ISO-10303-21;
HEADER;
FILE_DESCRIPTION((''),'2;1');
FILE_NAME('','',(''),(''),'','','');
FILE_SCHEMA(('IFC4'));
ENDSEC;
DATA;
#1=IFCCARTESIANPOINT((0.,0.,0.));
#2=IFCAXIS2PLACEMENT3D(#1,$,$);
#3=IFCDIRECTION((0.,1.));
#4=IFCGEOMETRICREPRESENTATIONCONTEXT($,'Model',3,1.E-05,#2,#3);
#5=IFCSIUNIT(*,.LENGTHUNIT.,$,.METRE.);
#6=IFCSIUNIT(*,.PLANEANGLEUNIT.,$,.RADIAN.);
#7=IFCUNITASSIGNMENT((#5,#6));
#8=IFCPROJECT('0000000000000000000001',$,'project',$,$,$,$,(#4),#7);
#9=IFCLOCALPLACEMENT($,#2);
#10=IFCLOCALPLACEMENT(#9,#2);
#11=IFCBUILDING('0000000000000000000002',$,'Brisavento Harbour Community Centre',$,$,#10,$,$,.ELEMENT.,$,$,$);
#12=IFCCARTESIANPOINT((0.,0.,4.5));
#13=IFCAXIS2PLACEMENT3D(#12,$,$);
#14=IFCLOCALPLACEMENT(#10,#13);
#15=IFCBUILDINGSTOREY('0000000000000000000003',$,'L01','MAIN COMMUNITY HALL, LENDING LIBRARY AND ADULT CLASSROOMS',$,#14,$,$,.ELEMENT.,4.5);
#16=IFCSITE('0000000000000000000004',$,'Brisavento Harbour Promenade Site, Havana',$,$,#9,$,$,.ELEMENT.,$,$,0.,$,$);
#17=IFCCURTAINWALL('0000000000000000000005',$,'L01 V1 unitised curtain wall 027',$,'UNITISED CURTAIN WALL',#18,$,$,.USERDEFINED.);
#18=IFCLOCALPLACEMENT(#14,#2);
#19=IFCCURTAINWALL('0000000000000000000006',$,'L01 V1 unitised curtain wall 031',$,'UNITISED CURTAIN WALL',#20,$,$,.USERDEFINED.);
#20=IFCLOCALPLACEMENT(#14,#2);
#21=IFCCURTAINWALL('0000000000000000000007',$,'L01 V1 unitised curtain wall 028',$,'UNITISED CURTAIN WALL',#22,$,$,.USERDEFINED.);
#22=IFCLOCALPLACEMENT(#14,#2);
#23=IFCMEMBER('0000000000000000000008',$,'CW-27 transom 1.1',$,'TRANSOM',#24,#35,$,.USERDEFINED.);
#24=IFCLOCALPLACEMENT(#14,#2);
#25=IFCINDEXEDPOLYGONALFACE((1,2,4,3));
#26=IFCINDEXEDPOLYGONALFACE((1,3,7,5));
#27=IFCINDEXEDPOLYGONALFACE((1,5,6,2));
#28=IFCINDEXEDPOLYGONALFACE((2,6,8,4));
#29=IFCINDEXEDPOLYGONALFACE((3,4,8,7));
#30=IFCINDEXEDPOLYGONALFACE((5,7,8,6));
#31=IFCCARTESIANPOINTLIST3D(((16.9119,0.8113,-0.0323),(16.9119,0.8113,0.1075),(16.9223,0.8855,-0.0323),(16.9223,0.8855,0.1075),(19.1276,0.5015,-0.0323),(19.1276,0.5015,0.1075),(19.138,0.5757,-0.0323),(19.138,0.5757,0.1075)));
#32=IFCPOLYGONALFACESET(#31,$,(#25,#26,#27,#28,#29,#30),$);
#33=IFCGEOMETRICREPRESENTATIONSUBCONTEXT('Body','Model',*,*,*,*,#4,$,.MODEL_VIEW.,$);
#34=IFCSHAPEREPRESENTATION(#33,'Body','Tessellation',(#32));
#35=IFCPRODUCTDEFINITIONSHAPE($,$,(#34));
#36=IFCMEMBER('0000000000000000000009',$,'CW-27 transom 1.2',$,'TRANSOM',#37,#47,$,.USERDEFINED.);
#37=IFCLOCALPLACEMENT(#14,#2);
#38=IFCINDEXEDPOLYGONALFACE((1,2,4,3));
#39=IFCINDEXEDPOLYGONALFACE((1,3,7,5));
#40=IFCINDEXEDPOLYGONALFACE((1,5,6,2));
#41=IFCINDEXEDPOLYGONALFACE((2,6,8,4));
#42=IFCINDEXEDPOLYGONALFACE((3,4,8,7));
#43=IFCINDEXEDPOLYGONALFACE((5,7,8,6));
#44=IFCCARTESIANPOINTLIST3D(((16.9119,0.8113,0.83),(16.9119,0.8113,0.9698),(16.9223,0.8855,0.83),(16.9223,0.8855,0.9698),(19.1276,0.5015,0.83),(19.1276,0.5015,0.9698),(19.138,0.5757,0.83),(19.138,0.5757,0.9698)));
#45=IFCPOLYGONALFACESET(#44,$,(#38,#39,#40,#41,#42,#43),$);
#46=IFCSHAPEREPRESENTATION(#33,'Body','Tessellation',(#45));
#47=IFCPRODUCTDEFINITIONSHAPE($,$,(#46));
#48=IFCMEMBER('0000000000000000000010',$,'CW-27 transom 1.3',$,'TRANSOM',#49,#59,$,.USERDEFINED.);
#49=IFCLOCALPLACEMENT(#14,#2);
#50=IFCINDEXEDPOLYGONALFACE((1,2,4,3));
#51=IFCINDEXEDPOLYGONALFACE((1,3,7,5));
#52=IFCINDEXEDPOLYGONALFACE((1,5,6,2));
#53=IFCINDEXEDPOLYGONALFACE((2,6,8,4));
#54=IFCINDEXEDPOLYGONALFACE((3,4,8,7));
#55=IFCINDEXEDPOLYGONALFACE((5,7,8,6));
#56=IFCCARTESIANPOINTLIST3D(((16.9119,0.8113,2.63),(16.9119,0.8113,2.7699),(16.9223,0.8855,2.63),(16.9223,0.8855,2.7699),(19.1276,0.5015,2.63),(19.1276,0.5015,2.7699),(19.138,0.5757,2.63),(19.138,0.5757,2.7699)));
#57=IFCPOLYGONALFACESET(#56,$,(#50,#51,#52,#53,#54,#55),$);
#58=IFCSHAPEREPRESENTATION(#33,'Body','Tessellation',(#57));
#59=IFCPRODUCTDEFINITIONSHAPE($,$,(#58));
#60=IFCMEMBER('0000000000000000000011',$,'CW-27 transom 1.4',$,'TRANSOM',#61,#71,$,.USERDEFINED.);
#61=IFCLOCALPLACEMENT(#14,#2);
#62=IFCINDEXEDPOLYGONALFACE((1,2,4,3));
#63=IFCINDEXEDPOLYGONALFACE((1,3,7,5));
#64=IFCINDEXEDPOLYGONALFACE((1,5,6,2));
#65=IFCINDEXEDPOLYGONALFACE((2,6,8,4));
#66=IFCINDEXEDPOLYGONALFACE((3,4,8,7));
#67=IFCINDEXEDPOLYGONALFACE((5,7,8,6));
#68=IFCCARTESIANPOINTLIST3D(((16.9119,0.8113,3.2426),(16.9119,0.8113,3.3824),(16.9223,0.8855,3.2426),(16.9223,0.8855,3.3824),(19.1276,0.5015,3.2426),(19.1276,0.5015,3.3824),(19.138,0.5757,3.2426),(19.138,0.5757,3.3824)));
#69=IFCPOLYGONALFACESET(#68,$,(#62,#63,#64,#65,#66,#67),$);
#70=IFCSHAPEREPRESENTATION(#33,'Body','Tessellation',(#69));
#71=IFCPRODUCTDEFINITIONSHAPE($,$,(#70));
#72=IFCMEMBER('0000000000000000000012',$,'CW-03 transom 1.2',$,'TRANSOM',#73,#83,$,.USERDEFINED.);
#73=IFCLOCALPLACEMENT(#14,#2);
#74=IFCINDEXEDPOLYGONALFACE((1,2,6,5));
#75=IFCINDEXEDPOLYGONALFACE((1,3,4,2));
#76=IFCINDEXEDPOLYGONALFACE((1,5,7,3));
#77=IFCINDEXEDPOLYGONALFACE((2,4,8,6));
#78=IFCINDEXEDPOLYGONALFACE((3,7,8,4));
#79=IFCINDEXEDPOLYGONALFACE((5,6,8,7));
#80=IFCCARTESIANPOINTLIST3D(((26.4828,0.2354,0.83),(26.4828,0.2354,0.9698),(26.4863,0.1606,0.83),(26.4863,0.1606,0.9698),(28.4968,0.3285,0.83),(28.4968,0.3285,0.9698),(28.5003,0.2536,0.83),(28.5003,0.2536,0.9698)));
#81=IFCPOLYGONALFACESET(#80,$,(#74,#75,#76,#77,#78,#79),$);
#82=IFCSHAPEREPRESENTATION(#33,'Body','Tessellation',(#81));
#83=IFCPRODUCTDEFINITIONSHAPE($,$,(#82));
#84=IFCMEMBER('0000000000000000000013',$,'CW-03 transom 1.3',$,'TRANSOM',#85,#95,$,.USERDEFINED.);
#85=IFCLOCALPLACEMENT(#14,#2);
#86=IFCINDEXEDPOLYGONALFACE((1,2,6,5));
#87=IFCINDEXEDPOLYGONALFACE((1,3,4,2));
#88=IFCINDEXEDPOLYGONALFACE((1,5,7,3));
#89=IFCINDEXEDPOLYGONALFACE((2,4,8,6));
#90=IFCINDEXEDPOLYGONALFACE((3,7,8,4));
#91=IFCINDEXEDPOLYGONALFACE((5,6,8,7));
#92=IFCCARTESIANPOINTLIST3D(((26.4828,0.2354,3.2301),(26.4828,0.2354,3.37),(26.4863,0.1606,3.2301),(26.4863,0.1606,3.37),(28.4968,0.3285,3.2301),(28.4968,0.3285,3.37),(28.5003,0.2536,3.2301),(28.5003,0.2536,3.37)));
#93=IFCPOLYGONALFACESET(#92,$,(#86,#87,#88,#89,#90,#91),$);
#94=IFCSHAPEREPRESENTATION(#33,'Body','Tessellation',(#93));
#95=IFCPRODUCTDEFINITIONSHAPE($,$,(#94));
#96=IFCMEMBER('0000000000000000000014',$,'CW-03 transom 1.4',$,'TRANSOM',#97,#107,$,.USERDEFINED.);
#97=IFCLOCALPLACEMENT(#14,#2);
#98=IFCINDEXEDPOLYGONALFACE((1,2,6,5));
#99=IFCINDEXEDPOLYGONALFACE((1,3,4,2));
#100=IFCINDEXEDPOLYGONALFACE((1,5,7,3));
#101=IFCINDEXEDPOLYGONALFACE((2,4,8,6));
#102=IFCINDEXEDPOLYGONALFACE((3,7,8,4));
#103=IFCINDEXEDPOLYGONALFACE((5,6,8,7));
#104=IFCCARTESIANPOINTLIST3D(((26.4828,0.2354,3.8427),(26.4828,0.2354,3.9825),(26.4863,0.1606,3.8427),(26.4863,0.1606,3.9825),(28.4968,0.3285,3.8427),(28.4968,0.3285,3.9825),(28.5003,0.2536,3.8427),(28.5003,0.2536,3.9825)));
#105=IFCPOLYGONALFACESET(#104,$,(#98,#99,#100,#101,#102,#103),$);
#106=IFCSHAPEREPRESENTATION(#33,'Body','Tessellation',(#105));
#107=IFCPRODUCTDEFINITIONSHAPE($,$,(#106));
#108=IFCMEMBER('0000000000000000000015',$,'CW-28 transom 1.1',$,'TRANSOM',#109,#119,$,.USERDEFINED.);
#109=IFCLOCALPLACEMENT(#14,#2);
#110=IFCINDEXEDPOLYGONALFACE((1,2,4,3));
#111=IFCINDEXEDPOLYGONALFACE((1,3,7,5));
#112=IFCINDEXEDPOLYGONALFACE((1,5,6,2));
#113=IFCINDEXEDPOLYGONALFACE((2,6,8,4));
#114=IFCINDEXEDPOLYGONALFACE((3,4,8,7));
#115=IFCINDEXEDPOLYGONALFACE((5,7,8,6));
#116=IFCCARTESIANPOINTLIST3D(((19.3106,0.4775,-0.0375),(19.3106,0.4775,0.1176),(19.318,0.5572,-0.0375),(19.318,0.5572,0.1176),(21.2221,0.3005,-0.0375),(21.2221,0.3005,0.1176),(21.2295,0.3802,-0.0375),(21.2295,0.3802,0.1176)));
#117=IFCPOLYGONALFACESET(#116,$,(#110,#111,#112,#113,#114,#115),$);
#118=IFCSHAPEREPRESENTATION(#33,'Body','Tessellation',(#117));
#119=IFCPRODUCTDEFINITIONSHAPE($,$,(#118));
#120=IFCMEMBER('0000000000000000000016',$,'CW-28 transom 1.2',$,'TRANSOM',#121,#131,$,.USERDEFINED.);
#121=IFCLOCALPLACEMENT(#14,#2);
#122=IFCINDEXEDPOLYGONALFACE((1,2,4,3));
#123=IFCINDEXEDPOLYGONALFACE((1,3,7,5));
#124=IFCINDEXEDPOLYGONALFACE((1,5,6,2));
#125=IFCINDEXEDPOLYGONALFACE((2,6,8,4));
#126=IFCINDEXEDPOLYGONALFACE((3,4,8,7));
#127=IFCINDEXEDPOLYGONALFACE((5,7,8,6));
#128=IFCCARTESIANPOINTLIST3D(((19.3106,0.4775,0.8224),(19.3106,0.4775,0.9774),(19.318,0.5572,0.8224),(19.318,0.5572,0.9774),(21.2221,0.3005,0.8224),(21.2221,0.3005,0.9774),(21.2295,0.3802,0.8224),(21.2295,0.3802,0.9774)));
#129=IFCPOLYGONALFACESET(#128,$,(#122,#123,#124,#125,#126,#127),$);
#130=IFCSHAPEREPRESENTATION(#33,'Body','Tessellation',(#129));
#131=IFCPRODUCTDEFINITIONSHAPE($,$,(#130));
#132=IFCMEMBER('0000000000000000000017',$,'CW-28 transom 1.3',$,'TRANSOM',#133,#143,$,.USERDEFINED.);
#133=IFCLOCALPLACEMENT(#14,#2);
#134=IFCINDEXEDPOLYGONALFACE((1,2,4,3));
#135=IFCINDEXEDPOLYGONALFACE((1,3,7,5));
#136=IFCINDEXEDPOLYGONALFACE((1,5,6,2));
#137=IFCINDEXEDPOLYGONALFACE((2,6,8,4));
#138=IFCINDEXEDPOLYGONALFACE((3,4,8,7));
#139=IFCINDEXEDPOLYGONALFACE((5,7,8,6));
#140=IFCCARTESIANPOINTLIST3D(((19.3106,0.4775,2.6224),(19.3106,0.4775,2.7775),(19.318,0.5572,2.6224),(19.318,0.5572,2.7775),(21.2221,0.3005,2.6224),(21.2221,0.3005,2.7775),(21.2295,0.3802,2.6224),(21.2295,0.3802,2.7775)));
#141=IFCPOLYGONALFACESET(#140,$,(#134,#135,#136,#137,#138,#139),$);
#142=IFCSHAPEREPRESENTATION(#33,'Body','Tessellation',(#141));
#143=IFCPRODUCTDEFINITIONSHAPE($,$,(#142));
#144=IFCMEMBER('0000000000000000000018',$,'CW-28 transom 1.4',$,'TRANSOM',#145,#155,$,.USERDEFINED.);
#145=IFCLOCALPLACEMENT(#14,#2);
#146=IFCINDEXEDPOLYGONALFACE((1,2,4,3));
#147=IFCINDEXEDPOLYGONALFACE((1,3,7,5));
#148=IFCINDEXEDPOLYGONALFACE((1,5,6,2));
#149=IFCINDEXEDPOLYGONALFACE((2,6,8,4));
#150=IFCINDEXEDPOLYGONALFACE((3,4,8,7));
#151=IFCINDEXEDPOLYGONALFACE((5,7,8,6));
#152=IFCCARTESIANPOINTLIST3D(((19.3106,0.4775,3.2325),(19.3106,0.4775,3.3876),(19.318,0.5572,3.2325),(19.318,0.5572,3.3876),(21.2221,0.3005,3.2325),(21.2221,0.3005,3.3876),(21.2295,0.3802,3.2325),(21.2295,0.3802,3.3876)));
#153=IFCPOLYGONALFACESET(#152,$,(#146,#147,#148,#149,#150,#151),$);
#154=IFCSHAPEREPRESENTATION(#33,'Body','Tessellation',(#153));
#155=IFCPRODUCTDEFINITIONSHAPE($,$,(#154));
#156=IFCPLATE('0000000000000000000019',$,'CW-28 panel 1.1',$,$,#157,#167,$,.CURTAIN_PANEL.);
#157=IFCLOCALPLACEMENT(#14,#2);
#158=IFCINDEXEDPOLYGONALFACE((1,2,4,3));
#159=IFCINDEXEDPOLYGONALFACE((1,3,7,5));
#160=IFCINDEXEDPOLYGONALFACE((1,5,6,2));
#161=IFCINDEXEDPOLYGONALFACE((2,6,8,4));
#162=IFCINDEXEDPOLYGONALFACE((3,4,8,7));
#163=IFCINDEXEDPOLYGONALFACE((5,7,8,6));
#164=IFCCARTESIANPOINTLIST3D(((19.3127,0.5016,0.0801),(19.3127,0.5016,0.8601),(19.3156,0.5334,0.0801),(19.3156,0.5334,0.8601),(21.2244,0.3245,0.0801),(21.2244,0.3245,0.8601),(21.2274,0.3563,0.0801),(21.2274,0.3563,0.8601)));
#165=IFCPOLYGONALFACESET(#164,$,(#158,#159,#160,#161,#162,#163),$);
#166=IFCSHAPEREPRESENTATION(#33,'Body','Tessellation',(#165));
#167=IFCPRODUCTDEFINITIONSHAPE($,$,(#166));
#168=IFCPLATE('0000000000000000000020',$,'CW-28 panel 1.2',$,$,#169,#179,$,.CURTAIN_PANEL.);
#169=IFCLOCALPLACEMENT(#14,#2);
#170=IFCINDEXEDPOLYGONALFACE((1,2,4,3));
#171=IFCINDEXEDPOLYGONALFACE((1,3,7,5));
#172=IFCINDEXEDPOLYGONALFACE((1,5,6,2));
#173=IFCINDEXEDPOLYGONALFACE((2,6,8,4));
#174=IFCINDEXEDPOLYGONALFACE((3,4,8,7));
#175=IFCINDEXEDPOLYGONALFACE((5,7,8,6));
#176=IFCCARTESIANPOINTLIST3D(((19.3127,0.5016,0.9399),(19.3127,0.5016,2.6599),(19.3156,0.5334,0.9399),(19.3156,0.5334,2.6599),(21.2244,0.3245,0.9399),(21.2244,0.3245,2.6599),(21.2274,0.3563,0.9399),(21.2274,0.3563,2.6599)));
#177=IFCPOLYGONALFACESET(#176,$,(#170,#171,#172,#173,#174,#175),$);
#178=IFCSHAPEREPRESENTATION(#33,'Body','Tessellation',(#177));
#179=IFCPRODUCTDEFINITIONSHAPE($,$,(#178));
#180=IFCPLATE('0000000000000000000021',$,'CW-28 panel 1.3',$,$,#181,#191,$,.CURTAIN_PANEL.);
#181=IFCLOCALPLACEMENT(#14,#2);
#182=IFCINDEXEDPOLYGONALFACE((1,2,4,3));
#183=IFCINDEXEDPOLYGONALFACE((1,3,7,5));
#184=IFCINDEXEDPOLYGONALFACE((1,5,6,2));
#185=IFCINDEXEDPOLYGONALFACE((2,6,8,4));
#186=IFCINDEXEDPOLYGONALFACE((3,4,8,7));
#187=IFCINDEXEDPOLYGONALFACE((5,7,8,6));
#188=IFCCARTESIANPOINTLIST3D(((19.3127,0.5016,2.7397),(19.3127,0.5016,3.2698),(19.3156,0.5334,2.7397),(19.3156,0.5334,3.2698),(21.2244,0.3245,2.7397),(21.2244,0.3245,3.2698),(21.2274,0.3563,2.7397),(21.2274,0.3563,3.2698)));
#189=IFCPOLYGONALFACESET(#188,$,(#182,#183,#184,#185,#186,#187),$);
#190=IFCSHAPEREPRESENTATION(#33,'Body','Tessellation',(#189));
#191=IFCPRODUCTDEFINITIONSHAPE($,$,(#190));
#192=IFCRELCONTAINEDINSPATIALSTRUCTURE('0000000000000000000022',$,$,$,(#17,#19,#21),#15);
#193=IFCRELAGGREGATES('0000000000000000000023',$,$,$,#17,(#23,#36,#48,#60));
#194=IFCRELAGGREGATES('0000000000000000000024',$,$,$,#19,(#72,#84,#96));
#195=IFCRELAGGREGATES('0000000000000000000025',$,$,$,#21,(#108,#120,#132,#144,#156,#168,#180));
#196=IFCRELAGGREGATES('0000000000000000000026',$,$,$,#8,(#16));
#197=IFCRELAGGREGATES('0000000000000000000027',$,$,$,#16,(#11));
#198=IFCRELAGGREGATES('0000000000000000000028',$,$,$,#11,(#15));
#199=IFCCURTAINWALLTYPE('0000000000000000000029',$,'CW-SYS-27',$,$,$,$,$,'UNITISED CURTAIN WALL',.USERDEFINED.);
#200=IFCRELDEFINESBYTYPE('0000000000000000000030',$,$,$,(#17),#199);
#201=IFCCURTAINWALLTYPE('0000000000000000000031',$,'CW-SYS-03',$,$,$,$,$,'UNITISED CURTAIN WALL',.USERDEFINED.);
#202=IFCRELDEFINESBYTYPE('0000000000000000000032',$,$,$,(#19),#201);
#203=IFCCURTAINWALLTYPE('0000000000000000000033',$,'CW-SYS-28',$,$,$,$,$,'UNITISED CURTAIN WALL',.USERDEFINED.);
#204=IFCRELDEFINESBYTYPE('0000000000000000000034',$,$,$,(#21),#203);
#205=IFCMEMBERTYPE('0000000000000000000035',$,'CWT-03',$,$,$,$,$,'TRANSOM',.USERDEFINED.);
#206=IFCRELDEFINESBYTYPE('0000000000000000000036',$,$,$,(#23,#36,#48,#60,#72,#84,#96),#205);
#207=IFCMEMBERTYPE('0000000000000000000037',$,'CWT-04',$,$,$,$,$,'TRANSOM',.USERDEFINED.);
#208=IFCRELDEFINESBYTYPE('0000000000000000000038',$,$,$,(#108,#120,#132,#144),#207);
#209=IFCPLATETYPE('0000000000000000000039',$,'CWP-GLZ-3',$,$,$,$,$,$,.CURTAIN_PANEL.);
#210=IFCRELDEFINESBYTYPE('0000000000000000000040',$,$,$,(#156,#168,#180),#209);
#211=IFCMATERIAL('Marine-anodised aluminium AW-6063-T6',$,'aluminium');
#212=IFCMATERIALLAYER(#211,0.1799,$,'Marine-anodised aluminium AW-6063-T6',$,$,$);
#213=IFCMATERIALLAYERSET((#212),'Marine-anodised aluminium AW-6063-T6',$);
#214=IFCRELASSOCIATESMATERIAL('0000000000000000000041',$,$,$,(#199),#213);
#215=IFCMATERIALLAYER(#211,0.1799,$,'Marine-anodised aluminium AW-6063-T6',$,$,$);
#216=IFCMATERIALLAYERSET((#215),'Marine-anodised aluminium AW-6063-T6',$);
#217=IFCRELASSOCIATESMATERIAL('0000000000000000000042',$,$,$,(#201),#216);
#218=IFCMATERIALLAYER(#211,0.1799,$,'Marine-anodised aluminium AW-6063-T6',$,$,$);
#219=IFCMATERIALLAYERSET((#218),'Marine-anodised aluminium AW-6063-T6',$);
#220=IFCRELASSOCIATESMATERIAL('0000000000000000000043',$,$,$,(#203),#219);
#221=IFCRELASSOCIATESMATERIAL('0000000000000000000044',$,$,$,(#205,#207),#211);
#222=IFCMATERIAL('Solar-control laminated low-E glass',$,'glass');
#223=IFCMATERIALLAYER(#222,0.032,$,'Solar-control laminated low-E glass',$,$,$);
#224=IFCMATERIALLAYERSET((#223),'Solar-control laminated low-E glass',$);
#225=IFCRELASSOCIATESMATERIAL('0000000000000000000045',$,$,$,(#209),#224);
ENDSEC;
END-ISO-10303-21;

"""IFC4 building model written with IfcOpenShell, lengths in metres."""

from ifc_helpers import new_model, si_unit, direction, frame, origin, origin_2d, place, context, subcontext, project, spatial, rectangle, extrude, material, layer, layer_set, material_profile, profile_set, type_object, element, aggregate, save


model = new_model("IFC4")

# Units and contexts
model_context = context("Model", 3, precision=1e-05, world=origin(), true_north=direction((0.0, 1.0)))
body_context = subcontext(model_context, "Body", "Model", "MODEL_VIEW")
ifc_project = project(units=[si_unit("LENGTHUNIT", "METRE"), si_unit("PLANEANGLEUNIT", "RADIAN")], contexts=[model_context])

# Site, building, storey
site_placement = place(None, origin())
site = spatial("IfcSite", under=ifc_project, at=site_placement, Name="Brisavento Harbour Promenade Site, Havana", CompositionType="ELEMENT", RefElevation=0.0)
building_placement = place(site_placement, origin())
building = spatial("IfcBuilding", under=site, at=building_placement, Name="Brisavento Harbour Community Centre", CompositionType="ELEMENT")
storey_placement = place(building_placement, frame((0.0, 0.0, 4.5)))
storey = spatial("IfcBuildingStorey", under=building, at=storey_placement, Name="L01", Description="MAIN COMMUNITY HALL, LENDING LIBRARY AND ADULT CLASSROOMS", CompositionType="ELEMENT", Elevation=4.5)

# Curtain walls
ifc_material_1 = material(Name="Marine-anodised aluminium AW-6063-T6", Category="aluminium")
ifc_layer_1 = layer(ifc_material_1, 0.1799, Name="Marine-anodised aluminium AW-6063-T6")
ifc_layer_set_1 = layer_set([ifc_layer_1], Name="Marine-anodised aluminium AW-6063-T6")
curtain_wall_type_1 = type_object("IfcCurtainWallType", Name="CW-SYS-27", ElementType="UNITISED CURTAIN WALL", PredefinedType="USERDEFINED", material=ifc_layer_set_1)
curtain_wall_1_placement = place(storey_placement, origin())
curtain_wall_1 = element("IfcCurtainWall", 1, at=curtain_wall_1_placement, inside=storey, type_object=curtain_wall_type_1, Name="L01 V1 unitised curtain wall 027", ObjectType="UNITISED CURTAIN WALL", PredefinedType="USERDEFINED")
ifc_layer_2 = layer(ifc_material_1, 0.1799, Name="Marine-anodised aluminium AW-6063-T6")
ifc_layer_set_2 = layer_set([ifc_layer_2], Name="Marine-anodised aluminium AW-6063-T6")
curtain_wall_type_2 = type_object("IfcCurtainWallType", Name="CW-SYS-03", ElementType="UNITISED CURTAIN WALL", PredefinedType="USERDEFINED", material=ifc_layer_set_2)
curtain_wall_2_placement = place(storey_placement, origin())
curtain_wall_2 = element("IfcCurtainWall", 2, at=curtain_wall_2_placement, inside=storey, type_object=curtain_wall_type_2, Name="L01 V1 unitised curtain wall 031", ObjectType="UNITISED CURTAIN WALL", PredefinedType="USERDEFINED")

# Curtain wall
ifc_layer_3 = layer(ifc_material_1, 0.1799, Name="Marine-anodised aluminium AW-6063-T6")
ifc_layer_set_3 = layer_set([ifc_layer_3], Name="Marine-anodised aluminium AW-6063-T6")
curtain_wall_type_3 = type_object("IfcCurtainWallType", Name="CW-SYS-28", ElementType="UNITISED CURTAIN WALL", PredefinedType="USERDEFINED", material=ifc_layer_set_3)
curtain_wall_3_placement = place(storey_placement, origin())
curtain_wall_3 = element("IfcCurtainWall", 3, at=curtain_wall_3_placement, inside=storey, type_object=curtain_wall_type_3, Name="L01 V1 unitised curtain wall 028", ObjectType="UNITISED CURTAIN WALL", PredefinedType="USERDEFINED")

# Members
ifc_material_profile_1 = material_profile(ifc_material_1, rectangle(XDim=0.075, YDim=0.1399, at=origin_2d()), Name="Marine-anodised aluminium AW-6063-T6")
ifc_profile_set_1 = profile_set([ifc_material_profile_1], Name="Marine-anodised aluminium AW-6063-T6")
member_type_1 = type_object("IfcMemberType", Name="CWT-03", ElementType="TRANSOM", PredefinedType="USERDEFINED", material=ifc_profile_set_1)
member_1_placement = place(storey_placement, frame((19.1328, 0.5386, 0.0376), z_axis=(-0.990366, 0.138472, 0.0), x_axis=(-0.138472, -0.990366, 0.0)))
member_1 = element("IfcMember", 4, at=member_1_placement, type_object=member_type_1, Name="CW-27 transom 1.1", ObjectType="TRANSOM", PredefinedType="USERDEFINED", context=body_context, shape_type="SweptSolid", body=[
    extrude(rectangle(XDim=0.075, YDim=0.1399, at=origin_2d()), origin(), (0.0, 0.0, 1.0), 2.2373),
])
member_2_placement = place(storey_placement, frame((19.1328, 0.5386, 0.8999), z_axis=(-0.990366, 0.138472, 0.0), x_axis=(-0.138472, -0.990366, 0.0)))
member_2 = element("IfcMember", 5, at=member_2_placement, type_object=member_type_1, Name="CW-27 transom 1.2", ObjectType="TRANSOM", PredefinedType="USERDEFINED", context=body_context, shape_type="SweptSolid", body=[
    extrude(rectangle(XDim=0.075, YDim=0.1399, at=origin_2d()), origin(), (0.0, 0.0, 1.0), 2.2373),
])
member_3_placement = place(storey_placement, frame((19.1328, 0.5386, 2.7), z_axis=(-0.990366, 0.138472, 0.0), x_axis=(-0.138472, -0.990366, 0.0)))
member_3 = element("IfcMember", 6, at=member_3_placement, type_object=member_type_1, Name="CW-27 transom 1.3", ObjectType="TRANSOM", PredefinedType="USERDEFINED", context=body_context, shape_type="SweptSolid", body=[
    extrude(rectangle(XDim=0.075, YDim=0.1399, at=origin_2d()), origin(), (0.0, 0.0, 1.0), 2.2373),
])
member_4_placement = place(storey_placement, frame((19.1328, 0.5386, 3.3125), z_axis=(-0.990366, 0.138472, 0.0), x_axis=(-0.138472, -0.990366, 0.0)))
member_4 = element("IfcMember", 7, at=member_4_placement, type_object=member_type_1, Name="CW-27 transom 1.4", ObjectType="TRANSOM", PredefinedType="USERDEFINED", context=body_context, shape_type="SweptSolid", body=[
    extrude(rectangle(XDim=0.075, YDim=0.1399, at=origin_2d()), origin(), (0.0, 0.0, 1.0), 2.2373),
])
aggregate(curtain_wall_1, [member_1, member_2, member_3, member_4])
member_5_placement = place(storey_placement, frame((28.4985, 0.291, 0.8999), z_axis=(-0.998935, -0.046138, 0.0), x_axis=(0.046138, -0.998935, 0.0)))
member_5 = element("IfcMember", 8, at=member_5_placement, type_object=member_type_1, Name="CW-03 transom 1.2", ObjectType="TRANSOM", PredefinedType="USERDEFINED", context=body_context, shape_type="SweptSolid", body=[
    extrude(rectangle(XDim=0.075, YDim=0.1399, at=origin_2d()), origin(), (0.0, 0.0, 1.0), 2.0161),
])
member_6_placement = place(storey_placement, frame((28.4985, 0.291, 3.3), z_axis=(-0.998935, -0.046138, 0.0), x_axis=(0.046138, -0.998935, 0.0)))
member_6 = element("IfcMember", 9, at=member_6_placement, type_object=member_type_1, Name="CW-03 transom 1.3", ObjectType="TRANSOM", PredefinedType="USERDEFINED", context=body_context, shape_type="SweptSolid", body=[
    extrude(rectangle(XDim=0.075, YDim=0.1399, at=origin_2d()), origin(), (0.0, 0.0, 1.0), 2.0161),
])
member_7_placement = place(storey_placement, frame((28.4985, 0.291, 3.9126), z_axis=(-0.998935, -0.046138, 0.0), x_axis=(0.046138, -0.998935, 0.0)))
member_7 = element("IfcMember", 10, at=member_7_placement, type_object=member_type_1, Name="CW-03 transom 1.4", ObjectType="TRANSOM", PredefinedType="USERDEFINED", context=body_context, shape_type="SweptSolid", body=[
    extrude(rectangle(XDim=0.075, YDim=0.1399, at=origin_2d()), origin(), (0.0, 0.0, 1.0), 2.0161),
])
aggregate(curtain_wall_2, [member_5, member_6, member_7])
ifc_material_profile_2 = material_profile(ifc_material_1, rectangle(XDim=0.0801, YDim=0.155, at=origin_2d()), Name="Marine-anodised aluminium AW-6063-T6")
ifc_profile_set_2 = profile_set([ifc_material_profile_2], Name="Marine-anodised aluminium AW-6063-T6")
member_type_2 = type_object("IfcMemberType", Name="CWT-04", ElementType="TRANSOM", PredefinedType="USERDEFINED", material=ifc_profile_set_2)
member_8_placement = place(storey_placement, frame((21.2258, 0.3403, 0.04), z_axis=(-0.995741, 0.092198, 0.0), x_axis=(-0.092198, -0.995741, 0.0)))
member_8 = element("IfcMember", 11, at=member_8_placement, type_object=member_type_2, Name="CW-28 transom 1.1", ObjectType="TRANSOM", PredefinedType="USERDEFINED", context=body_context, shape_type="SweptSolid", body=[
    extrude(rectangle(XDim=0.0801, YDim=0.155, at=origin_2d()), origin(), (0.0, 0.0, 1.0), 1.9197),
])
member_9_placement = place(storey_placement, frame((21.2258, 0.3403, 0.8999), z_axis=(-0.995741, 0.092198, 0.0), x_axis=(-0.092198, -0.995741, 0.0)))
member_9 = element("IfcMember", 12, at=member_9_placement, type_object=member_type_2, Name="CW-28 transom 1.2", ObjectType="TRANSOM", PredefinedType="USERDEFINED", context=body_context, shape_type="SweptSolid", body=[
    extrude(rectangle(XDim=0.0801, YDim=0.155, at=origin_2d()), origin(), (0.0, 0.0, 1.0), 1.9197),
])
member_10_placement = place(storey_placement, frame((21.2258, 0.3403, 2.7), z_axis=(-0.995741, 0.092198, 0.0), x_axis=(-0.092198, -0.995741, 0.0)))
member_10 = element("IfcMember", 13, at=member_10_placement, type_object=member_type_2, Name="CW-28 transom 1.3", ObjectType="TRANSOM", PredefinedType="USERDEFINED", context=body_context, shape_type="SweptSolid", body=[
    extrude(rectangle(XDim=0.0801, YDim=0.155, at=origin_2d()), origin(), (0.0, 0.0, 1.0), 1.9197),
])
member_11_placement = place(storey_placement, frame((21.2258, 0.3403, 3.3101), z_axis=(-0.995741, 0.092198, 0.0), x_axis=(-0.092198, -0.995741, 0.0)))
member_11 = element("IfcMember", 14, at=member_11_placement, type_object=member_type_2, Name="CW-28 transom 1.4", ObjectType="TRANSOM", PredefinedType="USERDEFINED", context=body_context, shape_type="SweptSolid", body=[
    extrude(rectangle(XDim=0.0801, YDim=0.155, at=origin_2d()), origin(), (0.0, 0.0, 1.0), 1.9197),
])

# Plates
ifc_material_2 = material(Name="Solar-control laminated low-E glass", Category="glass")
ifc_layer_4 = layer(ifc_material_2, 0.032, Name="Solar-control laminated low-E glass")
ifc_layer_set_4 = layer_set([ifc_layer_4], Name="Solar-control laminated low-E glass")
plate_type = type_object("IfcPlateType", Name="CWP-GLZ-3", PredefinedType="CURTAIN_PANEL", material=ifc_layer_set_4)
plate_1_placement = place(storey_placement, frame((20.27, 0.429, 0.0801), z_axis=(0.0, 0.0, 1.0), x_axis=(-0.995735, 0.092261, 0.0)))
plate_1 = element("IfcPlate", 15, at=plate_1_placement, type_object=plate_type, Name="CW-28 panel 1.1", PredefinedType="CURTAIN_PANEL", context=body_context, shape_type="SweptSolid", body=[
    extrude(rectangle(XDim=1.9199, YDim=0.032, at=origin_2d()), origin(), (0.0, 0.0, 1.0), 0.78),
])
plate_2_placement = place(storey_placement, frame((20.27, 0.429, 0.9399), z_axis=(0.0, 0.0, 1.0), x_axis=(-0.995735, 0.092261, 0.0)))
plate_2 = element("IfcPlate", 16, at=plate_2_placement, type_object=plate_type, Name="CW-28 panel 1.2", PredefinedType="CURTAIN_PANEL", context=body_context, shape_type="SweptSolid", body=[
    extrude(rectangle(XDim=1.9199, YDim=0.032, at=origin_2d()), origin(), (0.0, 0.0, 1.0), 1.72),
])
plate_3_placement = place(storey_placement, frame((20.27, 0.429, 2.7397), z_axis=(0.0, 0.0, 1.0), x_axis=(-0.995735, 0.092261, 0.0)))
plate_3 = element("IfcPlate", 17, at=plate_3_placement, type_object=plate_type, Name="CW-28 panel 1.3", PredefinedType="CURTAIN_PANEL", context=body_context, shape_type="SweptSolid", body=[
    extrude(rectangle(XDim=1.9199, YDim=0.032, at=origin_2d()), origin(), (0.0, 0.0, 1.0), 0.53),
])
aggregate(curtain_wall_3, [member_8, member_9, member_10, member_11, plate_1, plate_2, plate_3])

save(model, "model.ifc")
